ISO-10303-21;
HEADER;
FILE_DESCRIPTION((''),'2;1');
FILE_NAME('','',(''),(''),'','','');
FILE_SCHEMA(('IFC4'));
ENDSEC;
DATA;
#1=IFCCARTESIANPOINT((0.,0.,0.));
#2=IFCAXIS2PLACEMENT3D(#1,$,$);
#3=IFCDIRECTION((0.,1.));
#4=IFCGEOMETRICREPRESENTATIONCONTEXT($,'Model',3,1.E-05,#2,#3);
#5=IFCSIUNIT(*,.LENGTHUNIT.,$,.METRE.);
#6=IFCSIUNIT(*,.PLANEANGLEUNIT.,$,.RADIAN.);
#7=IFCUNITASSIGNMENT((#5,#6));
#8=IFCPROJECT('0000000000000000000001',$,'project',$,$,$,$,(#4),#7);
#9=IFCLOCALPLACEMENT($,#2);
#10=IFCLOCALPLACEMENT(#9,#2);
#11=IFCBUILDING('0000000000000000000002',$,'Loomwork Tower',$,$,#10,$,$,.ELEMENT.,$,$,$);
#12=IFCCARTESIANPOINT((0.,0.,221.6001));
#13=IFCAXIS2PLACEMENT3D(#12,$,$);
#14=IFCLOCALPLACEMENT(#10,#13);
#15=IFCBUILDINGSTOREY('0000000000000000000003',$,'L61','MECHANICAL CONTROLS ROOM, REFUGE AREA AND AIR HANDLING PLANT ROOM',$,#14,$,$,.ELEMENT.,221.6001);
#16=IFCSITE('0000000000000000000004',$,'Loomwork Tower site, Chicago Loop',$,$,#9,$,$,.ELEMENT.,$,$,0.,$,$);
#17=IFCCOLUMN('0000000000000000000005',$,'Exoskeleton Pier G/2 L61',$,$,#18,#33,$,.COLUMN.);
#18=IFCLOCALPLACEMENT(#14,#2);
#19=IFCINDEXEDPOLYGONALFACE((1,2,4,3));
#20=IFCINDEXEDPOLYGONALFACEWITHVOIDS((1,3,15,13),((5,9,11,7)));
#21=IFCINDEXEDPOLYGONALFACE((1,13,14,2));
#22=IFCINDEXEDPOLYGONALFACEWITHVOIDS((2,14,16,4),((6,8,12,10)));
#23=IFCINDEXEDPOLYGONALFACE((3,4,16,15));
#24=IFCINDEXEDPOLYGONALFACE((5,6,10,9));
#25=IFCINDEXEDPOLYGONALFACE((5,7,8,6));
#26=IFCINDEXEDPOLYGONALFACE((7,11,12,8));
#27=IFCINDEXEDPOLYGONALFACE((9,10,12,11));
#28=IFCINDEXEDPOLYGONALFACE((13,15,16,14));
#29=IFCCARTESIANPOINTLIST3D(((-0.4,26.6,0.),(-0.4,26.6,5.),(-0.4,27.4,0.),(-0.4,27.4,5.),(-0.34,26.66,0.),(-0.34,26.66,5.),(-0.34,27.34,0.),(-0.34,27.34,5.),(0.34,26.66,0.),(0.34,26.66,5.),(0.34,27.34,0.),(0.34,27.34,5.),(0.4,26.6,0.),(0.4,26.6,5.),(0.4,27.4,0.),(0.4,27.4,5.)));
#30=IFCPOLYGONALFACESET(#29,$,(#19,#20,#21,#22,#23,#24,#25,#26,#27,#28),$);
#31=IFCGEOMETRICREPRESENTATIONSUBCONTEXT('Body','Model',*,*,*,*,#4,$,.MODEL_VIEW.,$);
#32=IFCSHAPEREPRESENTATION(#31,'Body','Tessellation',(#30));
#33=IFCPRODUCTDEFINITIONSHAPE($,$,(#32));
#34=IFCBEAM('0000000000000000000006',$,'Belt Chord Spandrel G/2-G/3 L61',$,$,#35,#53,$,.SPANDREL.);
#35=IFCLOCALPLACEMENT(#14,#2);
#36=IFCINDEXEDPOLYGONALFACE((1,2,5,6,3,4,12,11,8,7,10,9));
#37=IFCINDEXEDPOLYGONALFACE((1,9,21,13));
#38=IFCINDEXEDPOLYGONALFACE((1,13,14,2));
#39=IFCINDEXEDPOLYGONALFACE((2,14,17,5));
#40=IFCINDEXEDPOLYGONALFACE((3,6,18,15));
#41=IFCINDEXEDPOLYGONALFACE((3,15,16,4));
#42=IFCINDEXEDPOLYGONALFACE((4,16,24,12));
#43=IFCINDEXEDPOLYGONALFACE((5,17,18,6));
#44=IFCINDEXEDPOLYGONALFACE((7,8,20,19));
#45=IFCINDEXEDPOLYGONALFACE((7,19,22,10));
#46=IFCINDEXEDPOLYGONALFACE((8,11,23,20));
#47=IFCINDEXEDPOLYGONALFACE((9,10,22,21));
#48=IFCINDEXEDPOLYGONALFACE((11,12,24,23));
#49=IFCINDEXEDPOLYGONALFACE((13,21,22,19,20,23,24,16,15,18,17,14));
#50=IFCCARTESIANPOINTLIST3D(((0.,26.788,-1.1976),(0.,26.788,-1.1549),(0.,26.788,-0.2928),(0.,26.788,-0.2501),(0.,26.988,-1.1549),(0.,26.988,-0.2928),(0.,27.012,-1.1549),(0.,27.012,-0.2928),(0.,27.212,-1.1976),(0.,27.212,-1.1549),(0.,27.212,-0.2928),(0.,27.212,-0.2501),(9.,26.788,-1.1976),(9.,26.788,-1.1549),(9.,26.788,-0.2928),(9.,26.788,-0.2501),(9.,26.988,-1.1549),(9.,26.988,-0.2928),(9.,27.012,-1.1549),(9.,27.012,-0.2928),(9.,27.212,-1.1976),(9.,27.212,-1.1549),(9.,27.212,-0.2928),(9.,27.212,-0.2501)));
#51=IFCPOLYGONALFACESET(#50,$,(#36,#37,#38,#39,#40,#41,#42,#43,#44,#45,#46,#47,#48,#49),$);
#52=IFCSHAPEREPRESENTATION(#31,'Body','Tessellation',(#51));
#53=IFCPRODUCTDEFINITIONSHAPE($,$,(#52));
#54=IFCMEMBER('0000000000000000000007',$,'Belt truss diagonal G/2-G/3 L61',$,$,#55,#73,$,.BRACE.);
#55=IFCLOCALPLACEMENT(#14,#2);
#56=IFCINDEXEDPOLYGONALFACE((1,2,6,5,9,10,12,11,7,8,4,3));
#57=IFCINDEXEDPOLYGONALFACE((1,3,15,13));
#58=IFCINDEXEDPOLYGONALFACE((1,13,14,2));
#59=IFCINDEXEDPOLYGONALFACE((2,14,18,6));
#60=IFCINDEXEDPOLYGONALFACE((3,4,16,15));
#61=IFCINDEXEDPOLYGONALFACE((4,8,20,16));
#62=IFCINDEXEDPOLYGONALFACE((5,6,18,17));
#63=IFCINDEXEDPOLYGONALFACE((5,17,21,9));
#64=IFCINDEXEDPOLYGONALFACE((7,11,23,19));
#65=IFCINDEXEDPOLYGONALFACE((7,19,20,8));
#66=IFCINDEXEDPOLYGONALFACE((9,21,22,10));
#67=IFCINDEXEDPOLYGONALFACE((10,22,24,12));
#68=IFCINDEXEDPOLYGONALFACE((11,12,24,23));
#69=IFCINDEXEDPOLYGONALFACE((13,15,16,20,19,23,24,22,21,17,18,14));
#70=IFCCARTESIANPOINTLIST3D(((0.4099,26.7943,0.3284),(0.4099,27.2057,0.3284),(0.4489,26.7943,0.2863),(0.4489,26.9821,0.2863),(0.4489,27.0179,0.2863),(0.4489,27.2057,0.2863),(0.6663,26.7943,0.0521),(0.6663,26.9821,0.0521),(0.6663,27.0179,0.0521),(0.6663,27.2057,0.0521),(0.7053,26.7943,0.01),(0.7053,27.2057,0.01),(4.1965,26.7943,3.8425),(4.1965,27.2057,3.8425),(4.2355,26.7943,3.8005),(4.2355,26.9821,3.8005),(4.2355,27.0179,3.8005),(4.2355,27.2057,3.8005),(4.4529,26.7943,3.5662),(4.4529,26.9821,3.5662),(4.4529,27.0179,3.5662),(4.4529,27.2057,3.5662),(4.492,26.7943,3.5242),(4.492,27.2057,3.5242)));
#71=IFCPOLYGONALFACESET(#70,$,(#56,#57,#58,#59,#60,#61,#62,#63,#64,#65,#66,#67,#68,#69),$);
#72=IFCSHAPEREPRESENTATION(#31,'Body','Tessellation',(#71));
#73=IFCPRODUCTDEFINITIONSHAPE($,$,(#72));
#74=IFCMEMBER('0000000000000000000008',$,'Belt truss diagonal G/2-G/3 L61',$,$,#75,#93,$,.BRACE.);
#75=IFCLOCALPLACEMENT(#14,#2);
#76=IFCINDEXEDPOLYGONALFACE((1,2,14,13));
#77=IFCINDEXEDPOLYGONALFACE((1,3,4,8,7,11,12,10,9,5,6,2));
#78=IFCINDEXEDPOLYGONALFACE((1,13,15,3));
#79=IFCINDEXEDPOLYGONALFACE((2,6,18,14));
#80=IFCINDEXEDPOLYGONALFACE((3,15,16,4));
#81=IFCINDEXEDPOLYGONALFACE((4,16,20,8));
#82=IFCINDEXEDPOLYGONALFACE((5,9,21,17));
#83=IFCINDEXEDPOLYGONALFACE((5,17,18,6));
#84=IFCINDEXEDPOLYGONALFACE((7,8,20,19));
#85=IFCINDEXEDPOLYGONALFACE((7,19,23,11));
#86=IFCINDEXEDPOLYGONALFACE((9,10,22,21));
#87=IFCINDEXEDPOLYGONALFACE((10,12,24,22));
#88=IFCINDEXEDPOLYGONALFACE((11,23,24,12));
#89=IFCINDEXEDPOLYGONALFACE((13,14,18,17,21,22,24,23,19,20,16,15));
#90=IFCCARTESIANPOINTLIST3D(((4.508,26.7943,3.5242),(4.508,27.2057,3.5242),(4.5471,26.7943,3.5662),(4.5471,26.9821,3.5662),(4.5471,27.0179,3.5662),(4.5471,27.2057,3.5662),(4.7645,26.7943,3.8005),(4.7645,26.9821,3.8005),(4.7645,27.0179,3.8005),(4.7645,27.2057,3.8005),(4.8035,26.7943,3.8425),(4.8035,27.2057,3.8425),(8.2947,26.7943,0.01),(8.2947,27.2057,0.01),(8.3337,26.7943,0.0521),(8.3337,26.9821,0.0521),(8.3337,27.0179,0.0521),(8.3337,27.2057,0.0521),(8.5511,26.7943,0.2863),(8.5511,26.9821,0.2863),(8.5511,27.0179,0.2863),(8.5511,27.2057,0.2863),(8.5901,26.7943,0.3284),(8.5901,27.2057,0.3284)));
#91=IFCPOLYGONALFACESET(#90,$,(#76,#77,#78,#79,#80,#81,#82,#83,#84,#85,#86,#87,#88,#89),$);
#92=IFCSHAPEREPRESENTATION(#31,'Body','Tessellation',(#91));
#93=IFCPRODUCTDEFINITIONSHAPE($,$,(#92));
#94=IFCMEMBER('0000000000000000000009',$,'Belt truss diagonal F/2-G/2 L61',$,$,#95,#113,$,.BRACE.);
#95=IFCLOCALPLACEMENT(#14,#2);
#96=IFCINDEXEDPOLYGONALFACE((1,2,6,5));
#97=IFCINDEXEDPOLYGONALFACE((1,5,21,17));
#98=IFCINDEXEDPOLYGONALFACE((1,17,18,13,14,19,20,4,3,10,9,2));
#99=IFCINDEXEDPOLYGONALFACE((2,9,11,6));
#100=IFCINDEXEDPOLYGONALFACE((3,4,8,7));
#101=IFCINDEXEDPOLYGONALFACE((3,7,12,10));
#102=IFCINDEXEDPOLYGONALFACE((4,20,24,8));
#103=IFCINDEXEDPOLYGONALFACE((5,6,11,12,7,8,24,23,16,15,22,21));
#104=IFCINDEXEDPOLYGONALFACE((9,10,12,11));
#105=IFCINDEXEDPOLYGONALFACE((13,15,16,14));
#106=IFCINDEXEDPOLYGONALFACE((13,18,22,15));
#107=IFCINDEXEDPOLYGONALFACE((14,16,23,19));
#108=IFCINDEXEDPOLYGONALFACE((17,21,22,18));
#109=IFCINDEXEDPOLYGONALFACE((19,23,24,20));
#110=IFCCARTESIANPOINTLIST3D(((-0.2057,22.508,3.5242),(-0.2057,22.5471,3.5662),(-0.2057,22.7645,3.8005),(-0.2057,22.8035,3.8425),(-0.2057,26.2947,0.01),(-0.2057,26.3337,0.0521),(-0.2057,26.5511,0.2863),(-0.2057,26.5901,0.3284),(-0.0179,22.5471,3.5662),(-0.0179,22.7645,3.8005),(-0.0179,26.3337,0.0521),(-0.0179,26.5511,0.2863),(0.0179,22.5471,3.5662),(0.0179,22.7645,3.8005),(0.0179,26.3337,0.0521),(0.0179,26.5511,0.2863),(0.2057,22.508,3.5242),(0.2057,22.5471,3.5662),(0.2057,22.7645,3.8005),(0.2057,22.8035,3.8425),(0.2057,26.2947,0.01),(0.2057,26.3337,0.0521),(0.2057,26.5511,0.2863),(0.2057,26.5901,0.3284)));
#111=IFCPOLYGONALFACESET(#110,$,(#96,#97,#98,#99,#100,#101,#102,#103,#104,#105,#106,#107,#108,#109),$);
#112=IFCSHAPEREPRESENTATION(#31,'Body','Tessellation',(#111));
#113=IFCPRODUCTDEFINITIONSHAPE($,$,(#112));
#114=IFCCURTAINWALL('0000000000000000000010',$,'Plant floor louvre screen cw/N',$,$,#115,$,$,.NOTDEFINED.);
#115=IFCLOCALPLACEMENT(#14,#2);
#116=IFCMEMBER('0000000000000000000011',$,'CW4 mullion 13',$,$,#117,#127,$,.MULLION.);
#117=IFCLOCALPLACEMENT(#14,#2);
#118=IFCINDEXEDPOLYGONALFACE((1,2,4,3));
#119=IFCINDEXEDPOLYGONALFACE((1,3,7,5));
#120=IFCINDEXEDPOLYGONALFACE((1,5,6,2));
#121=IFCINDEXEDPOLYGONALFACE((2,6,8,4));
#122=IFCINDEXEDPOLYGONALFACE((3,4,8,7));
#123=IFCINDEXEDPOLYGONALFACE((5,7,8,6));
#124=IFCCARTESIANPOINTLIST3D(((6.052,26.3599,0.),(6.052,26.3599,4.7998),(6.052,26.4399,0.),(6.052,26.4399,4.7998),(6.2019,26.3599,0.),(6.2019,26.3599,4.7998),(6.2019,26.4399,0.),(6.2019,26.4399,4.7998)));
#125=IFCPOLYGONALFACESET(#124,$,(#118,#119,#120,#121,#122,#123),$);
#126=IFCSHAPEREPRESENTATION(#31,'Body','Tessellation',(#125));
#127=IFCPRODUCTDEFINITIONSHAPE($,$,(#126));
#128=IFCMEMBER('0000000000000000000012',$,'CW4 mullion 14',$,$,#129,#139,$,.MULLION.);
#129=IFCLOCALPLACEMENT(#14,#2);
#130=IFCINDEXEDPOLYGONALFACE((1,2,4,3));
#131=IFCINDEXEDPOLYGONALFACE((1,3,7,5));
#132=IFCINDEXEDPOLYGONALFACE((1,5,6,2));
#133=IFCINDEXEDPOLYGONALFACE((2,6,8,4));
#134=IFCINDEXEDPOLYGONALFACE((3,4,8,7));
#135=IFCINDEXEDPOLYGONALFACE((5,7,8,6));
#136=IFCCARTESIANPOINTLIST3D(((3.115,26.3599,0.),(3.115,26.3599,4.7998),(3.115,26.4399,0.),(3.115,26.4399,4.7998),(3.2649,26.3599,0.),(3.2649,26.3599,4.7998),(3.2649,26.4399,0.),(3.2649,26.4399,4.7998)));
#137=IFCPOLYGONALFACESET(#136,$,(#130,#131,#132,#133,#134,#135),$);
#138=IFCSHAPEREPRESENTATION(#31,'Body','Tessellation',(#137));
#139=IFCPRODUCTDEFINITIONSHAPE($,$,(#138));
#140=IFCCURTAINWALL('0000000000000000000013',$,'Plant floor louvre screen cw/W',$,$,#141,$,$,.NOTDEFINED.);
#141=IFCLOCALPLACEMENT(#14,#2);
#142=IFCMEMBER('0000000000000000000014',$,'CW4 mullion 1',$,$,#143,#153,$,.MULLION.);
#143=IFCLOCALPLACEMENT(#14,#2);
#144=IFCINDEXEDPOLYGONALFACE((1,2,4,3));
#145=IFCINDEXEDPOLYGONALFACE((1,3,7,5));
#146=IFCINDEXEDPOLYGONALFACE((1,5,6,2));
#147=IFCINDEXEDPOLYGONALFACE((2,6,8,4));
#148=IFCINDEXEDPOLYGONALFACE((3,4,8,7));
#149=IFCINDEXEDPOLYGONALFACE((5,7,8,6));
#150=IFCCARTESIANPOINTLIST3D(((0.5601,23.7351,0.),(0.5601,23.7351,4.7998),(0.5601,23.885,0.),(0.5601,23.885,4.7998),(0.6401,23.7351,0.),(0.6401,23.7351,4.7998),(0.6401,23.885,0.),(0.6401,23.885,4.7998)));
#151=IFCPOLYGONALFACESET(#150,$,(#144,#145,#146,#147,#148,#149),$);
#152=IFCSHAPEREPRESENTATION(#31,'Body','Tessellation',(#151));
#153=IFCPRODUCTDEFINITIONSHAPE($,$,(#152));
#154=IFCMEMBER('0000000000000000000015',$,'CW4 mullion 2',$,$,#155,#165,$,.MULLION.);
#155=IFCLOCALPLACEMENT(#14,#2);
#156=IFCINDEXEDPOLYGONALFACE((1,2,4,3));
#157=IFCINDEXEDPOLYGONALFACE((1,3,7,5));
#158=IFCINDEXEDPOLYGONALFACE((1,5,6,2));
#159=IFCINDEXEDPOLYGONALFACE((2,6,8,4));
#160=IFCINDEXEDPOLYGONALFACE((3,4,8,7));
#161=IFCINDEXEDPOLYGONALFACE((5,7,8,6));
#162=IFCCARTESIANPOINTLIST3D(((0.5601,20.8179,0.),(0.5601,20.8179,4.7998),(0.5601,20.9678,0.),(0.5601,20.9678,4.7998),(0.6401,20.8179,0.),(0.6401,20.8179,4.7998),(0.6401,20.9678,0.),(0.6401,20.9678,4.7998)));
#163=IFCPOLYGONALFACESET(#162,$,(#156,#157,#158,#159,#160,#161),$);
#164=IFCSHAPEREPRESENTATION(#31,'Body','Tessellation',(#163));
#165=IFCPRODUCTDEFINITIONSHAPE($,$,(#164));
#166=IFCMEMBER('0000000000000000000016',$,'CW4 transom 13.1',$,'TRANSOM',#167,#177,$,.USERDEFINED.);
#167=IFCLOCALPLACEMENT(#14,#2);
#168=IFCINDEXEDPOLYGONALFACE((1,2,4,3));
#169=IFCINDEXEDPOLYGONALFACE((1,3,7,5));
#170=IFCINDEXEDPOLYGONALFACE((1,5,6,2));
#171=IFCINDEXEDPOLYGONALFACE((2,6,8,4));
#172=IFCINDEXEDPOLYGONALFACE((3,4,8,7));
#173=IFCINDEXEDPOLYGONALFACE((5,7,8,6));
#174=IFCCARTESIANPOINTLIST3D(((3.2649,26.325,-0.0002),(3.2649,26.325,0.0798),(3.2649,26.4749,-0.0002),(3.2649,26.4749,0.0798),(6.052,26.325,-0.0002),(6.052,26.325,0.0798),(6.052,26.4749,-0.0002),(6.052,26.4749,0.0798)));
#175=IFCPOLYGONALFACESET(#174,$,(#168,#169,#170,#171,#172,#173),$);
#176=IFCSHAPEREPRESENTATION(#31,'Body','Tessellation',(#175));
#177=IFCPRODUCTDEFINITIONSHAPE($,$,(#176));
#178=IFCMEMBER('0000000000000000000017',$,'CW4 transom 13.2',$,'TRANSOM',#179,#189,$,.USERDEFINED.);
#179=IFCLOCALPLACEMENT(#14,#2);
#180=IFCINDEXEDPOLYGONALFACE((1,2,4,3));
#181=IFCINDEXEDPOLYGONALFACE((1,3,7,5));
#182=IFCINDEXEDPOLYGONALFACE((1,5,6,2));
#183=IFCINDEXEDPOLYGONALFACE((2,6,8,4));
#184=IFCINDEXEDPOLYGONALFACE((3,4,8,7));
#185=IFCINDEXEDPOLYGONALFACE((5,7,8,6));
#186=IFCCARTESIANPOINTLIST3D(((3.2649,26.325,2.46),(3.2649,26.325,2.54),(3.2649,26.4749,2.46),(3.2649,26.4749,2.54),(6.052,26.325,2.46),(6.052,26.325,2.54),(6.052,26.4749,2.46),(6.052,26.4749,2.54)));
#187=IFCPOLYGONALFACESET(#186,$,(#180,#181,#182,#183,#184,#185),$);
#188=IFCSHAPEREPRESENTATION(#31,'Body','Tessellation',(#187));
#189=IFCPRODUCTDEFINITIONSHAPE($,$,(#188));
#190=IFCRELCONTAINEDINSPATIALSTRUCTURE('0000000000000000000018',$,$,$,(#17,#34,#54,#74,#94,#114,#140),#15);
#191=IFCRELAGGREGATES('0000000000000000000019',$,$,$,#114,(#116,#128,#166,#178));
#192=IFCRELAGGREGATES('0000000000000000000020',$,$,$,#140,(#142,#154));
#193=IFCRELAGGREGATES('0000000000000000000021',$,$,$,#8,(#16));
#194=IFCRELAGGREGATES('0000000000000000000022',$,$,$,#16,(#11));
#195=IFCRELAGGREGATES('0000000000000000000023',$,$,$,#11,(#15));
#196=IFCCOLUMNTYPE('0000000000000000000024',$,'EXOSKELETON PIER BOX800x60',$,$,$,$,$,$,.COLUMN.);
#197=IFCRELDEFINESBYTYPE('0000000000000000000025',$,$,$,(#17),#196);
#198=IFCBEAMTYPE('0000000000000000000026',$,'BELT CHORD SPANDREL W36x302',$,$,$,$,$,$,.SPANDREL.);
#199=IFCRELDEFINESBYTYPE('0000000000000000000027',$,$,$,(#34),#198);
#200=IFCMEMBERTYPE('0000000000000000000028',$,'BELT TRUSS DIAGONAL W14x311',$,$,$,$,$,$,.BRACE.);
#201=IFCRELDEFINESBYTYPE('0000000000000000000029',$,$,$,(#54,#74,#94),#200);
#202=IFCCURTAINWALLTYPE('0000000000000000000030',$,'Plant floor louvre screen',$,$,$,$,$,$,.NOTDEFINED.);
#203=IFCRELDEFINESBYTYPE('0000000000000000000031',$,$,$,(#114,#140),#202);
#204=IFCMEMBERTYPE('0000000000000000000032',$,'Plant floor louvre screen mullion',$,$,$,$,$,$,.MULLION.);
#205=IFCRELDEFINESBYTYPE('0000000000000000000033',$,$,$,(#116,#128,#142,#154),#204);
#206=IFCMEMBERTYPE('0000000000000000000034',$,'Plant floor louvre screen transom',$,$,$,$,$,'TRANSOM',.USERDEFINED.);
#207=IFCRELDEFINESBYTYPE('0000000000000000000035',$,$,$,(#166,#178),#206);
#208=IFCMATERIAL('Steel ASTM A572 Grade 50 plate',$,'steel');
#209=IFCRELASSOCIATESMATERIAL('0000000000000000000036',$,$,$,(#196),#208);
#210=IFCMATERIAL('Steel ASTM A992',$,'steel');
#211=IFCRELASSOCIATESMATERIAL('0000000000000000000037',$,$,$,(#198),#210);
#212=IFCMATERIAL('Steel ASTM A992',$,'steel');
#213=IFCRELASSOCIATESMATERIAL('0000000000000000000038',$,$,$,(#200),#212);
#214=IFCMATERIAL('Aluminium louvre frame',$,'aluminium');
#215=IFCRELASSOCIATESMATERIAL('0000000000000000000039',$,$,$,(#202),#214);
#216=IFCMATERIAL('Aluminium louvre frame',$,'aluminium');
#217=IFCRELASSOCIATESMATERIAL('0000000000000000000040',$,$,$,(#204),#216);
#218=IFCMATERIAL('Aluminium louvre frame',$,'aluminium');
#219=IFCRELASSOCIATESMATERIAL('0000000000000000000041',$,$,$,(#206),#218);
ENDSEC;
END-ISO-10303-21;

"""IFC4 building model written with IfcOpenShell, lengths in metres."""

from ifc_helpers import new_model, si_unit, direction, frame, origin, origin_2d, place, context, subcontext, project, spatial, rectangle, hollow_rectangle, i_section, extrude, material, material_profile, profile_set, type_object, element, aggregate, save


model = new_model("IFC4")

# Units and contexts
model_context = context("Model", 3, precision=1e-05, world=origin(), true_north=direction((0.0, 1.0)))
body_context = subcontext(model_context, "Body", "Model", "MODEL_VIEW")
ifc_project = project(units=[si_unit("LENGTHUNIT", "METRE"), si_unit("PLANEANGLEUNIT", "RADIAN")], contexts=[model_context])

# Site, building, storey
site_placement = place(None, origin())
site = spatial("IfcSite", under=ifc_project, at=site_placement, Name="Loomwork Tower site, Chicago Loop", CompositionType="ELEMENT", RefElevation=0.0)
building_placement = place(site_placement, origin())
building = spatial("IfcBuilding", under=site, at=building_placement, Name="Loomwork Tower", CompositionType="ELEMENT")
storey_placement = place(building_placement, frame((0.0, 0.0, 221.6001)))
storey = spatial("IfcBuildingStorey", under=building, at=storey_placement, Name="L61", Description="MECHANICAL CONTROLS ROOM, REFUGE AREA AND AIR HANDLING PLANT ROOM", CompositionType="ELEMENT", Elevation=221.6001)

# Column
ifc_material_1 = material(Name="Steel ASTM A572 Grade 50 plate", Category="steel")
ifc_material_profile_1 = material_profile(ifc_material_1, hollow_rectangle(XDim=0.8, YDim=0.8, WallThickness=0.0601, at=origin_2d()), Name="BOX800x60")
ifc_profile_set_1 = profile_set([ifc_material_profile_1], Name="Steel ASTM A572 Grade 50 plate")
column_type = type_object("IfcColumnType", Name="EXOSKELETON PIER BOX800x60", PredefinedType="COLUMN", material=ifc_profile_set_1)
column_placement = place(storey_placement, frame((0.0, 27.0, 0.0), z_axis=(0.0, 0.0, 1.0), x_axis=(0.0, 1.0, 0.0)))
element("IfcColumn", 1, at=column_placement, inside=storey, type_object=column_type, Name="Exoskeleton Pier G/2 L61", PredefinedType="COLUMN", context=body_context, shape_type="SweptSolid", body=[
    extrude(hollow_rectangle(XDim=0.8, YDim=0.8, WallThickness=0.0601, at=origin_2d()), origin(), (0.0, 0.0, 1.0), 5.0),
])

# Beam
ifc_material_2 = material(Name="Steel ASTM A992", Category="steel")
ifc_material_profile_2 = material_profile(ifc_material_2, i_section(OverallWidth=0.4241, OverallDepth=0.9475, WebThickness=0.0239, FlangeThickness=0.0427, at=origin_2d()), Name="W36x302")
ifc_profile_set_2 = profile_set([ifc_material_profile_2], Name="Steel ASTM A992")
beam_type = type_object("IfcBeamType", Name="BELT CHORD SPANDREL W36x302", PredefinedType="SPANDREL", material=ifc_profile_set_2)
beam_placement = place(storey_placement, frame((0.0, 27.0, -0.7239), z_axis=(1.0, 0.0, 0.0), x_axis=(0.0, 1.0, 0.0)))
element("IfcBeam", 2, at=beam_placement, inside=storey, type_object=beam_type, Name="Belt Chord Spandrel G/2-G/3 L61", PredefinedType="SPANDREL", context=body_context, shape_type="SweptSolid", body=[
    extrude(i_section(OverallWidth=0.4241, OverallDepth=0.9475, WebThickness=0.0239, FlangeThickness=0.0427, at=origin_2d()), origin(), (0.0, 0.0, 1.0), 9.0),
])

# Members
ifc_material_3 = material(Name="Steel ASTM A992", Category="steel")
ifc_material_profile_3 = material_profile(ifc_material_3, i_section(OverallWidth=0.4114, OverallDepth=0.4343, WebThickness=0.0359, FlangeThickness=0.0574, at=origin_2d()), Name="W14x311")
ifc_profile_set_3 = profile_set([ifc_material_profile_3], Name="Steel ASTM A992")
member_type_1 = type_object("IfcMemberType", Name="BELT TRUSS DIAGONAL W14x311", PredefinedType="BRACE", material=ifc_profile_set_3)
for number, where, z_axis, x_axis, name in (
    (3, (0.5576, 27.0, 0.1692), (0.732985, 0.0, 0.680244), (0.0, 1.0, 0.0), "Belt truss diagonal G/2-G/3 L61"),
    (4, (8.4424, 27.0, 0.1692), (-0.732985, 0.0, 0.680244), (0.0, -1.0, 0.0), "Belt truss diagonal G/2-G/3 L61"),
    (5, (0.0, 26.4424, 0.1692), (0.0, -0.732985, 0.680244), (1.0, 0.0, 0.0), "Belt truss diagonal F/2-G/2 L61"),
):
    element("IfcMember", number, at=place(storey_placement, frame(where, z_axis=z_axis, x_axis=x_axis)), inside=storey, type_object=member_type_1, Name=name, PredefinedType="BRACE", context=body_context, shape_type="SweptSolid", body=[
        extrude(i_section(OverallWidth=0.4114, OverallDepth=0.4343, WebThickness=0.0359, FlangeThickness=0.0574, at=origin_2d()), origin(), (0.0, 0.0, 1.0), 5.166),
    ])

# Curtain walls, members
ifc_material_4 = material(Name="Aluminium louvre frame", Category="aluminium")
curtain_wall_type = type_object("IfcCurtainWallType", Name="Plant floor louvre screen", PredefinedType="NOTDEFINED", material=ifc_material_4)
curtain_wall_1_placement = place(storey_placement, origin())
curtain_wall_1 = element("IfcCurtainWall", 6, at=curtain_wall_1_placement, inside=storey, type_object=curtain_wall_type, Name="Plant floor louvre screen cw/N", PredefinedType="NOTDEFINED")
ifc_material_5 = material(Name="Aluminium louvre frame", Category="aluminium")
ifc_material_profile_4 = material_profile(ifc_material_5, rectangle(XDim=0.0801, YDim=0.1499, at=origin_2d()), Name="AL 80x150")
ifc_profile_set_4 = profile_set([ifc_material_profile_4], Name="Aluminium louvre frame")
member_type_2 = type_object("IfcMemberType", Name="Plant floor louvre screen mullion", PredefinedType="MULLION", material=ifc_profile_set_4)
member_1_placement = place(storey_placement, frame((6.127, 26.3999, 0.0), z_axis=(0.0, 0.0, 1.0), x_axis=(0.0, -1.0, 0.0)))
member_1 = element("IfcMember", 7, at=member_1_placement, type_object=member_type_2, Name="CW4 mullion 13", PredefinedType="MULLION", context=body_context, shape_type="SweptSolid", body=[
    extrude(rectangle(XDim=0.0801, YDim=0.1499, at=origin_2d()), origin(), (0.0, 0.0, 1.0), 4.7998),
])
member_2_placement = place(storey_placement, frame((3.1899, 26.3999, 0.0), z_axis=(0.0, 0.0, 1.0), x_axis=(0.0, -1.0, 0.0)))
member_2 = element("IfcMember", 8, at=member_2_placement, type_object=member_type_2, Name="CW4 mullion 14", PredefinedType="MULLION", context=body_context, shape_type="SweptSolid", body=[
    extrude(rectangle(XDim=0.0801, YDim=0.1499, at=origin_2d()), origin(), (0.0, 0.0, 1.0), 4.7998),
])
curtain_wall_2_placement = place(storey_placement, origin())
curtain_wall_2 = element("IfcCurtainWall", 9, at=curtain_wall_2_placement, inside=storey, type_object=curtain_wall_type, Name="Plant floor louvre screen cw/W", PredefinedType="NOTDEFINED")
member_3_placement = place(storey_placement, frame((0.6001, 23.8101, 0.0), z_axis=(0.0, 0.0, 1.0), x_axis=(1.0, 0.0, 0.0)))
member_3 = element("IfcMember", 10, at=member_3_placement, type_object=member_type_2, Name="CW4 mullion 1", PredefinedType="MULLION", context=body_context, shape_type="SweptSolid", body=[
    extrude(rectangle(XDim=0.0801, YDim=0.1499, at=origin_2d()), origin(), (0.0, 0.0, 1.0), 4.7998),
])
member_4_placement = place(storey_placement, frame((0.6001, 20.8928, 0.0), z_axis=(0.0, 0.0, 1.0), x_axis=(1.0, 0.0, 0.0)))
member_4 = element("IfcMember", 11, at=member_4_placement, type_object=member_type_2, Name="CW4 mullion 2", PredefinedType="MULLION", context=body_context, shape_type="SweptSolid", body=[
    extrude(rectangle(XDim=0.0801, YDim=0.1499, at=origin_2d()), origin(), (0.0, 0.0, 1.0), 4.7998),
])

# Members
ifc_material_6 = material(Name="Aluminium louvre frame", Category="aluminium")
ifc_material_profile_5 = material_profile(ifc_material_6, rectangle(XDim=0.1499, YDim=0.0801, at=origin_2d()), Name="AL 80x150")
ifc_profile_set_5 = profile_set([ifc_material_profile_5], Name="Aluminium louvre frame")
member_type_3 = type_object("IfcMemberType", Name="Plant floor louvre screen transom", ElementType="TRANSOM", PredefinedType="USERDEFINED", material=ifc_profile_set_5)
member_5_placement = place(storey_placement, frame((6.052, 26.3999, 0.0398), z_axis=(-1.0, 0.0, 0.0), x_axis=(0.0, -1.0, 0.0)))
member_5 = element("IfcMember", 12, at=member_5_placement, type_object=member_type_3, Name="CW4 transom 13.1", ObjectType="TRANSOM", PredefinedType="USERDEFINED", context=body_context, shape_type="SweptSolid", body=[
    extrude(rectangle(XDim=0.1499, YDim=0.0801, at=origin_2d()), origin(), (0.0, 0.0, 1.0), 2.7871),
])
member_6_placement = place(storey_placement, frame((6.052, 26.3999, 2.5), z_axis=(-1.0, 0.0, 0.0), x_axis=(0.0, -1.0, 0.0)))
member_6 = element("IfcMember", 13, at=member_6_placement, type_object=member_type_3, Name="CW4 transom 13.2", ObjectType="TRANSOM", PredefinedType="USERDEFINED", context=body_context, shape_type="SweptSolid", body=[
    extrude(rectangle(XDim=0.1499, YDim=0.0801, at=origin_2d()), origin(), (0.0, 0.0, 1.0), 2.7871),
])

aggregate(curtain_wall_1, [member_1, member_2, member_5, member_6])
aggregate(curtain_wall_2, [member_3, member_4])

save(model, "model.ifc")
